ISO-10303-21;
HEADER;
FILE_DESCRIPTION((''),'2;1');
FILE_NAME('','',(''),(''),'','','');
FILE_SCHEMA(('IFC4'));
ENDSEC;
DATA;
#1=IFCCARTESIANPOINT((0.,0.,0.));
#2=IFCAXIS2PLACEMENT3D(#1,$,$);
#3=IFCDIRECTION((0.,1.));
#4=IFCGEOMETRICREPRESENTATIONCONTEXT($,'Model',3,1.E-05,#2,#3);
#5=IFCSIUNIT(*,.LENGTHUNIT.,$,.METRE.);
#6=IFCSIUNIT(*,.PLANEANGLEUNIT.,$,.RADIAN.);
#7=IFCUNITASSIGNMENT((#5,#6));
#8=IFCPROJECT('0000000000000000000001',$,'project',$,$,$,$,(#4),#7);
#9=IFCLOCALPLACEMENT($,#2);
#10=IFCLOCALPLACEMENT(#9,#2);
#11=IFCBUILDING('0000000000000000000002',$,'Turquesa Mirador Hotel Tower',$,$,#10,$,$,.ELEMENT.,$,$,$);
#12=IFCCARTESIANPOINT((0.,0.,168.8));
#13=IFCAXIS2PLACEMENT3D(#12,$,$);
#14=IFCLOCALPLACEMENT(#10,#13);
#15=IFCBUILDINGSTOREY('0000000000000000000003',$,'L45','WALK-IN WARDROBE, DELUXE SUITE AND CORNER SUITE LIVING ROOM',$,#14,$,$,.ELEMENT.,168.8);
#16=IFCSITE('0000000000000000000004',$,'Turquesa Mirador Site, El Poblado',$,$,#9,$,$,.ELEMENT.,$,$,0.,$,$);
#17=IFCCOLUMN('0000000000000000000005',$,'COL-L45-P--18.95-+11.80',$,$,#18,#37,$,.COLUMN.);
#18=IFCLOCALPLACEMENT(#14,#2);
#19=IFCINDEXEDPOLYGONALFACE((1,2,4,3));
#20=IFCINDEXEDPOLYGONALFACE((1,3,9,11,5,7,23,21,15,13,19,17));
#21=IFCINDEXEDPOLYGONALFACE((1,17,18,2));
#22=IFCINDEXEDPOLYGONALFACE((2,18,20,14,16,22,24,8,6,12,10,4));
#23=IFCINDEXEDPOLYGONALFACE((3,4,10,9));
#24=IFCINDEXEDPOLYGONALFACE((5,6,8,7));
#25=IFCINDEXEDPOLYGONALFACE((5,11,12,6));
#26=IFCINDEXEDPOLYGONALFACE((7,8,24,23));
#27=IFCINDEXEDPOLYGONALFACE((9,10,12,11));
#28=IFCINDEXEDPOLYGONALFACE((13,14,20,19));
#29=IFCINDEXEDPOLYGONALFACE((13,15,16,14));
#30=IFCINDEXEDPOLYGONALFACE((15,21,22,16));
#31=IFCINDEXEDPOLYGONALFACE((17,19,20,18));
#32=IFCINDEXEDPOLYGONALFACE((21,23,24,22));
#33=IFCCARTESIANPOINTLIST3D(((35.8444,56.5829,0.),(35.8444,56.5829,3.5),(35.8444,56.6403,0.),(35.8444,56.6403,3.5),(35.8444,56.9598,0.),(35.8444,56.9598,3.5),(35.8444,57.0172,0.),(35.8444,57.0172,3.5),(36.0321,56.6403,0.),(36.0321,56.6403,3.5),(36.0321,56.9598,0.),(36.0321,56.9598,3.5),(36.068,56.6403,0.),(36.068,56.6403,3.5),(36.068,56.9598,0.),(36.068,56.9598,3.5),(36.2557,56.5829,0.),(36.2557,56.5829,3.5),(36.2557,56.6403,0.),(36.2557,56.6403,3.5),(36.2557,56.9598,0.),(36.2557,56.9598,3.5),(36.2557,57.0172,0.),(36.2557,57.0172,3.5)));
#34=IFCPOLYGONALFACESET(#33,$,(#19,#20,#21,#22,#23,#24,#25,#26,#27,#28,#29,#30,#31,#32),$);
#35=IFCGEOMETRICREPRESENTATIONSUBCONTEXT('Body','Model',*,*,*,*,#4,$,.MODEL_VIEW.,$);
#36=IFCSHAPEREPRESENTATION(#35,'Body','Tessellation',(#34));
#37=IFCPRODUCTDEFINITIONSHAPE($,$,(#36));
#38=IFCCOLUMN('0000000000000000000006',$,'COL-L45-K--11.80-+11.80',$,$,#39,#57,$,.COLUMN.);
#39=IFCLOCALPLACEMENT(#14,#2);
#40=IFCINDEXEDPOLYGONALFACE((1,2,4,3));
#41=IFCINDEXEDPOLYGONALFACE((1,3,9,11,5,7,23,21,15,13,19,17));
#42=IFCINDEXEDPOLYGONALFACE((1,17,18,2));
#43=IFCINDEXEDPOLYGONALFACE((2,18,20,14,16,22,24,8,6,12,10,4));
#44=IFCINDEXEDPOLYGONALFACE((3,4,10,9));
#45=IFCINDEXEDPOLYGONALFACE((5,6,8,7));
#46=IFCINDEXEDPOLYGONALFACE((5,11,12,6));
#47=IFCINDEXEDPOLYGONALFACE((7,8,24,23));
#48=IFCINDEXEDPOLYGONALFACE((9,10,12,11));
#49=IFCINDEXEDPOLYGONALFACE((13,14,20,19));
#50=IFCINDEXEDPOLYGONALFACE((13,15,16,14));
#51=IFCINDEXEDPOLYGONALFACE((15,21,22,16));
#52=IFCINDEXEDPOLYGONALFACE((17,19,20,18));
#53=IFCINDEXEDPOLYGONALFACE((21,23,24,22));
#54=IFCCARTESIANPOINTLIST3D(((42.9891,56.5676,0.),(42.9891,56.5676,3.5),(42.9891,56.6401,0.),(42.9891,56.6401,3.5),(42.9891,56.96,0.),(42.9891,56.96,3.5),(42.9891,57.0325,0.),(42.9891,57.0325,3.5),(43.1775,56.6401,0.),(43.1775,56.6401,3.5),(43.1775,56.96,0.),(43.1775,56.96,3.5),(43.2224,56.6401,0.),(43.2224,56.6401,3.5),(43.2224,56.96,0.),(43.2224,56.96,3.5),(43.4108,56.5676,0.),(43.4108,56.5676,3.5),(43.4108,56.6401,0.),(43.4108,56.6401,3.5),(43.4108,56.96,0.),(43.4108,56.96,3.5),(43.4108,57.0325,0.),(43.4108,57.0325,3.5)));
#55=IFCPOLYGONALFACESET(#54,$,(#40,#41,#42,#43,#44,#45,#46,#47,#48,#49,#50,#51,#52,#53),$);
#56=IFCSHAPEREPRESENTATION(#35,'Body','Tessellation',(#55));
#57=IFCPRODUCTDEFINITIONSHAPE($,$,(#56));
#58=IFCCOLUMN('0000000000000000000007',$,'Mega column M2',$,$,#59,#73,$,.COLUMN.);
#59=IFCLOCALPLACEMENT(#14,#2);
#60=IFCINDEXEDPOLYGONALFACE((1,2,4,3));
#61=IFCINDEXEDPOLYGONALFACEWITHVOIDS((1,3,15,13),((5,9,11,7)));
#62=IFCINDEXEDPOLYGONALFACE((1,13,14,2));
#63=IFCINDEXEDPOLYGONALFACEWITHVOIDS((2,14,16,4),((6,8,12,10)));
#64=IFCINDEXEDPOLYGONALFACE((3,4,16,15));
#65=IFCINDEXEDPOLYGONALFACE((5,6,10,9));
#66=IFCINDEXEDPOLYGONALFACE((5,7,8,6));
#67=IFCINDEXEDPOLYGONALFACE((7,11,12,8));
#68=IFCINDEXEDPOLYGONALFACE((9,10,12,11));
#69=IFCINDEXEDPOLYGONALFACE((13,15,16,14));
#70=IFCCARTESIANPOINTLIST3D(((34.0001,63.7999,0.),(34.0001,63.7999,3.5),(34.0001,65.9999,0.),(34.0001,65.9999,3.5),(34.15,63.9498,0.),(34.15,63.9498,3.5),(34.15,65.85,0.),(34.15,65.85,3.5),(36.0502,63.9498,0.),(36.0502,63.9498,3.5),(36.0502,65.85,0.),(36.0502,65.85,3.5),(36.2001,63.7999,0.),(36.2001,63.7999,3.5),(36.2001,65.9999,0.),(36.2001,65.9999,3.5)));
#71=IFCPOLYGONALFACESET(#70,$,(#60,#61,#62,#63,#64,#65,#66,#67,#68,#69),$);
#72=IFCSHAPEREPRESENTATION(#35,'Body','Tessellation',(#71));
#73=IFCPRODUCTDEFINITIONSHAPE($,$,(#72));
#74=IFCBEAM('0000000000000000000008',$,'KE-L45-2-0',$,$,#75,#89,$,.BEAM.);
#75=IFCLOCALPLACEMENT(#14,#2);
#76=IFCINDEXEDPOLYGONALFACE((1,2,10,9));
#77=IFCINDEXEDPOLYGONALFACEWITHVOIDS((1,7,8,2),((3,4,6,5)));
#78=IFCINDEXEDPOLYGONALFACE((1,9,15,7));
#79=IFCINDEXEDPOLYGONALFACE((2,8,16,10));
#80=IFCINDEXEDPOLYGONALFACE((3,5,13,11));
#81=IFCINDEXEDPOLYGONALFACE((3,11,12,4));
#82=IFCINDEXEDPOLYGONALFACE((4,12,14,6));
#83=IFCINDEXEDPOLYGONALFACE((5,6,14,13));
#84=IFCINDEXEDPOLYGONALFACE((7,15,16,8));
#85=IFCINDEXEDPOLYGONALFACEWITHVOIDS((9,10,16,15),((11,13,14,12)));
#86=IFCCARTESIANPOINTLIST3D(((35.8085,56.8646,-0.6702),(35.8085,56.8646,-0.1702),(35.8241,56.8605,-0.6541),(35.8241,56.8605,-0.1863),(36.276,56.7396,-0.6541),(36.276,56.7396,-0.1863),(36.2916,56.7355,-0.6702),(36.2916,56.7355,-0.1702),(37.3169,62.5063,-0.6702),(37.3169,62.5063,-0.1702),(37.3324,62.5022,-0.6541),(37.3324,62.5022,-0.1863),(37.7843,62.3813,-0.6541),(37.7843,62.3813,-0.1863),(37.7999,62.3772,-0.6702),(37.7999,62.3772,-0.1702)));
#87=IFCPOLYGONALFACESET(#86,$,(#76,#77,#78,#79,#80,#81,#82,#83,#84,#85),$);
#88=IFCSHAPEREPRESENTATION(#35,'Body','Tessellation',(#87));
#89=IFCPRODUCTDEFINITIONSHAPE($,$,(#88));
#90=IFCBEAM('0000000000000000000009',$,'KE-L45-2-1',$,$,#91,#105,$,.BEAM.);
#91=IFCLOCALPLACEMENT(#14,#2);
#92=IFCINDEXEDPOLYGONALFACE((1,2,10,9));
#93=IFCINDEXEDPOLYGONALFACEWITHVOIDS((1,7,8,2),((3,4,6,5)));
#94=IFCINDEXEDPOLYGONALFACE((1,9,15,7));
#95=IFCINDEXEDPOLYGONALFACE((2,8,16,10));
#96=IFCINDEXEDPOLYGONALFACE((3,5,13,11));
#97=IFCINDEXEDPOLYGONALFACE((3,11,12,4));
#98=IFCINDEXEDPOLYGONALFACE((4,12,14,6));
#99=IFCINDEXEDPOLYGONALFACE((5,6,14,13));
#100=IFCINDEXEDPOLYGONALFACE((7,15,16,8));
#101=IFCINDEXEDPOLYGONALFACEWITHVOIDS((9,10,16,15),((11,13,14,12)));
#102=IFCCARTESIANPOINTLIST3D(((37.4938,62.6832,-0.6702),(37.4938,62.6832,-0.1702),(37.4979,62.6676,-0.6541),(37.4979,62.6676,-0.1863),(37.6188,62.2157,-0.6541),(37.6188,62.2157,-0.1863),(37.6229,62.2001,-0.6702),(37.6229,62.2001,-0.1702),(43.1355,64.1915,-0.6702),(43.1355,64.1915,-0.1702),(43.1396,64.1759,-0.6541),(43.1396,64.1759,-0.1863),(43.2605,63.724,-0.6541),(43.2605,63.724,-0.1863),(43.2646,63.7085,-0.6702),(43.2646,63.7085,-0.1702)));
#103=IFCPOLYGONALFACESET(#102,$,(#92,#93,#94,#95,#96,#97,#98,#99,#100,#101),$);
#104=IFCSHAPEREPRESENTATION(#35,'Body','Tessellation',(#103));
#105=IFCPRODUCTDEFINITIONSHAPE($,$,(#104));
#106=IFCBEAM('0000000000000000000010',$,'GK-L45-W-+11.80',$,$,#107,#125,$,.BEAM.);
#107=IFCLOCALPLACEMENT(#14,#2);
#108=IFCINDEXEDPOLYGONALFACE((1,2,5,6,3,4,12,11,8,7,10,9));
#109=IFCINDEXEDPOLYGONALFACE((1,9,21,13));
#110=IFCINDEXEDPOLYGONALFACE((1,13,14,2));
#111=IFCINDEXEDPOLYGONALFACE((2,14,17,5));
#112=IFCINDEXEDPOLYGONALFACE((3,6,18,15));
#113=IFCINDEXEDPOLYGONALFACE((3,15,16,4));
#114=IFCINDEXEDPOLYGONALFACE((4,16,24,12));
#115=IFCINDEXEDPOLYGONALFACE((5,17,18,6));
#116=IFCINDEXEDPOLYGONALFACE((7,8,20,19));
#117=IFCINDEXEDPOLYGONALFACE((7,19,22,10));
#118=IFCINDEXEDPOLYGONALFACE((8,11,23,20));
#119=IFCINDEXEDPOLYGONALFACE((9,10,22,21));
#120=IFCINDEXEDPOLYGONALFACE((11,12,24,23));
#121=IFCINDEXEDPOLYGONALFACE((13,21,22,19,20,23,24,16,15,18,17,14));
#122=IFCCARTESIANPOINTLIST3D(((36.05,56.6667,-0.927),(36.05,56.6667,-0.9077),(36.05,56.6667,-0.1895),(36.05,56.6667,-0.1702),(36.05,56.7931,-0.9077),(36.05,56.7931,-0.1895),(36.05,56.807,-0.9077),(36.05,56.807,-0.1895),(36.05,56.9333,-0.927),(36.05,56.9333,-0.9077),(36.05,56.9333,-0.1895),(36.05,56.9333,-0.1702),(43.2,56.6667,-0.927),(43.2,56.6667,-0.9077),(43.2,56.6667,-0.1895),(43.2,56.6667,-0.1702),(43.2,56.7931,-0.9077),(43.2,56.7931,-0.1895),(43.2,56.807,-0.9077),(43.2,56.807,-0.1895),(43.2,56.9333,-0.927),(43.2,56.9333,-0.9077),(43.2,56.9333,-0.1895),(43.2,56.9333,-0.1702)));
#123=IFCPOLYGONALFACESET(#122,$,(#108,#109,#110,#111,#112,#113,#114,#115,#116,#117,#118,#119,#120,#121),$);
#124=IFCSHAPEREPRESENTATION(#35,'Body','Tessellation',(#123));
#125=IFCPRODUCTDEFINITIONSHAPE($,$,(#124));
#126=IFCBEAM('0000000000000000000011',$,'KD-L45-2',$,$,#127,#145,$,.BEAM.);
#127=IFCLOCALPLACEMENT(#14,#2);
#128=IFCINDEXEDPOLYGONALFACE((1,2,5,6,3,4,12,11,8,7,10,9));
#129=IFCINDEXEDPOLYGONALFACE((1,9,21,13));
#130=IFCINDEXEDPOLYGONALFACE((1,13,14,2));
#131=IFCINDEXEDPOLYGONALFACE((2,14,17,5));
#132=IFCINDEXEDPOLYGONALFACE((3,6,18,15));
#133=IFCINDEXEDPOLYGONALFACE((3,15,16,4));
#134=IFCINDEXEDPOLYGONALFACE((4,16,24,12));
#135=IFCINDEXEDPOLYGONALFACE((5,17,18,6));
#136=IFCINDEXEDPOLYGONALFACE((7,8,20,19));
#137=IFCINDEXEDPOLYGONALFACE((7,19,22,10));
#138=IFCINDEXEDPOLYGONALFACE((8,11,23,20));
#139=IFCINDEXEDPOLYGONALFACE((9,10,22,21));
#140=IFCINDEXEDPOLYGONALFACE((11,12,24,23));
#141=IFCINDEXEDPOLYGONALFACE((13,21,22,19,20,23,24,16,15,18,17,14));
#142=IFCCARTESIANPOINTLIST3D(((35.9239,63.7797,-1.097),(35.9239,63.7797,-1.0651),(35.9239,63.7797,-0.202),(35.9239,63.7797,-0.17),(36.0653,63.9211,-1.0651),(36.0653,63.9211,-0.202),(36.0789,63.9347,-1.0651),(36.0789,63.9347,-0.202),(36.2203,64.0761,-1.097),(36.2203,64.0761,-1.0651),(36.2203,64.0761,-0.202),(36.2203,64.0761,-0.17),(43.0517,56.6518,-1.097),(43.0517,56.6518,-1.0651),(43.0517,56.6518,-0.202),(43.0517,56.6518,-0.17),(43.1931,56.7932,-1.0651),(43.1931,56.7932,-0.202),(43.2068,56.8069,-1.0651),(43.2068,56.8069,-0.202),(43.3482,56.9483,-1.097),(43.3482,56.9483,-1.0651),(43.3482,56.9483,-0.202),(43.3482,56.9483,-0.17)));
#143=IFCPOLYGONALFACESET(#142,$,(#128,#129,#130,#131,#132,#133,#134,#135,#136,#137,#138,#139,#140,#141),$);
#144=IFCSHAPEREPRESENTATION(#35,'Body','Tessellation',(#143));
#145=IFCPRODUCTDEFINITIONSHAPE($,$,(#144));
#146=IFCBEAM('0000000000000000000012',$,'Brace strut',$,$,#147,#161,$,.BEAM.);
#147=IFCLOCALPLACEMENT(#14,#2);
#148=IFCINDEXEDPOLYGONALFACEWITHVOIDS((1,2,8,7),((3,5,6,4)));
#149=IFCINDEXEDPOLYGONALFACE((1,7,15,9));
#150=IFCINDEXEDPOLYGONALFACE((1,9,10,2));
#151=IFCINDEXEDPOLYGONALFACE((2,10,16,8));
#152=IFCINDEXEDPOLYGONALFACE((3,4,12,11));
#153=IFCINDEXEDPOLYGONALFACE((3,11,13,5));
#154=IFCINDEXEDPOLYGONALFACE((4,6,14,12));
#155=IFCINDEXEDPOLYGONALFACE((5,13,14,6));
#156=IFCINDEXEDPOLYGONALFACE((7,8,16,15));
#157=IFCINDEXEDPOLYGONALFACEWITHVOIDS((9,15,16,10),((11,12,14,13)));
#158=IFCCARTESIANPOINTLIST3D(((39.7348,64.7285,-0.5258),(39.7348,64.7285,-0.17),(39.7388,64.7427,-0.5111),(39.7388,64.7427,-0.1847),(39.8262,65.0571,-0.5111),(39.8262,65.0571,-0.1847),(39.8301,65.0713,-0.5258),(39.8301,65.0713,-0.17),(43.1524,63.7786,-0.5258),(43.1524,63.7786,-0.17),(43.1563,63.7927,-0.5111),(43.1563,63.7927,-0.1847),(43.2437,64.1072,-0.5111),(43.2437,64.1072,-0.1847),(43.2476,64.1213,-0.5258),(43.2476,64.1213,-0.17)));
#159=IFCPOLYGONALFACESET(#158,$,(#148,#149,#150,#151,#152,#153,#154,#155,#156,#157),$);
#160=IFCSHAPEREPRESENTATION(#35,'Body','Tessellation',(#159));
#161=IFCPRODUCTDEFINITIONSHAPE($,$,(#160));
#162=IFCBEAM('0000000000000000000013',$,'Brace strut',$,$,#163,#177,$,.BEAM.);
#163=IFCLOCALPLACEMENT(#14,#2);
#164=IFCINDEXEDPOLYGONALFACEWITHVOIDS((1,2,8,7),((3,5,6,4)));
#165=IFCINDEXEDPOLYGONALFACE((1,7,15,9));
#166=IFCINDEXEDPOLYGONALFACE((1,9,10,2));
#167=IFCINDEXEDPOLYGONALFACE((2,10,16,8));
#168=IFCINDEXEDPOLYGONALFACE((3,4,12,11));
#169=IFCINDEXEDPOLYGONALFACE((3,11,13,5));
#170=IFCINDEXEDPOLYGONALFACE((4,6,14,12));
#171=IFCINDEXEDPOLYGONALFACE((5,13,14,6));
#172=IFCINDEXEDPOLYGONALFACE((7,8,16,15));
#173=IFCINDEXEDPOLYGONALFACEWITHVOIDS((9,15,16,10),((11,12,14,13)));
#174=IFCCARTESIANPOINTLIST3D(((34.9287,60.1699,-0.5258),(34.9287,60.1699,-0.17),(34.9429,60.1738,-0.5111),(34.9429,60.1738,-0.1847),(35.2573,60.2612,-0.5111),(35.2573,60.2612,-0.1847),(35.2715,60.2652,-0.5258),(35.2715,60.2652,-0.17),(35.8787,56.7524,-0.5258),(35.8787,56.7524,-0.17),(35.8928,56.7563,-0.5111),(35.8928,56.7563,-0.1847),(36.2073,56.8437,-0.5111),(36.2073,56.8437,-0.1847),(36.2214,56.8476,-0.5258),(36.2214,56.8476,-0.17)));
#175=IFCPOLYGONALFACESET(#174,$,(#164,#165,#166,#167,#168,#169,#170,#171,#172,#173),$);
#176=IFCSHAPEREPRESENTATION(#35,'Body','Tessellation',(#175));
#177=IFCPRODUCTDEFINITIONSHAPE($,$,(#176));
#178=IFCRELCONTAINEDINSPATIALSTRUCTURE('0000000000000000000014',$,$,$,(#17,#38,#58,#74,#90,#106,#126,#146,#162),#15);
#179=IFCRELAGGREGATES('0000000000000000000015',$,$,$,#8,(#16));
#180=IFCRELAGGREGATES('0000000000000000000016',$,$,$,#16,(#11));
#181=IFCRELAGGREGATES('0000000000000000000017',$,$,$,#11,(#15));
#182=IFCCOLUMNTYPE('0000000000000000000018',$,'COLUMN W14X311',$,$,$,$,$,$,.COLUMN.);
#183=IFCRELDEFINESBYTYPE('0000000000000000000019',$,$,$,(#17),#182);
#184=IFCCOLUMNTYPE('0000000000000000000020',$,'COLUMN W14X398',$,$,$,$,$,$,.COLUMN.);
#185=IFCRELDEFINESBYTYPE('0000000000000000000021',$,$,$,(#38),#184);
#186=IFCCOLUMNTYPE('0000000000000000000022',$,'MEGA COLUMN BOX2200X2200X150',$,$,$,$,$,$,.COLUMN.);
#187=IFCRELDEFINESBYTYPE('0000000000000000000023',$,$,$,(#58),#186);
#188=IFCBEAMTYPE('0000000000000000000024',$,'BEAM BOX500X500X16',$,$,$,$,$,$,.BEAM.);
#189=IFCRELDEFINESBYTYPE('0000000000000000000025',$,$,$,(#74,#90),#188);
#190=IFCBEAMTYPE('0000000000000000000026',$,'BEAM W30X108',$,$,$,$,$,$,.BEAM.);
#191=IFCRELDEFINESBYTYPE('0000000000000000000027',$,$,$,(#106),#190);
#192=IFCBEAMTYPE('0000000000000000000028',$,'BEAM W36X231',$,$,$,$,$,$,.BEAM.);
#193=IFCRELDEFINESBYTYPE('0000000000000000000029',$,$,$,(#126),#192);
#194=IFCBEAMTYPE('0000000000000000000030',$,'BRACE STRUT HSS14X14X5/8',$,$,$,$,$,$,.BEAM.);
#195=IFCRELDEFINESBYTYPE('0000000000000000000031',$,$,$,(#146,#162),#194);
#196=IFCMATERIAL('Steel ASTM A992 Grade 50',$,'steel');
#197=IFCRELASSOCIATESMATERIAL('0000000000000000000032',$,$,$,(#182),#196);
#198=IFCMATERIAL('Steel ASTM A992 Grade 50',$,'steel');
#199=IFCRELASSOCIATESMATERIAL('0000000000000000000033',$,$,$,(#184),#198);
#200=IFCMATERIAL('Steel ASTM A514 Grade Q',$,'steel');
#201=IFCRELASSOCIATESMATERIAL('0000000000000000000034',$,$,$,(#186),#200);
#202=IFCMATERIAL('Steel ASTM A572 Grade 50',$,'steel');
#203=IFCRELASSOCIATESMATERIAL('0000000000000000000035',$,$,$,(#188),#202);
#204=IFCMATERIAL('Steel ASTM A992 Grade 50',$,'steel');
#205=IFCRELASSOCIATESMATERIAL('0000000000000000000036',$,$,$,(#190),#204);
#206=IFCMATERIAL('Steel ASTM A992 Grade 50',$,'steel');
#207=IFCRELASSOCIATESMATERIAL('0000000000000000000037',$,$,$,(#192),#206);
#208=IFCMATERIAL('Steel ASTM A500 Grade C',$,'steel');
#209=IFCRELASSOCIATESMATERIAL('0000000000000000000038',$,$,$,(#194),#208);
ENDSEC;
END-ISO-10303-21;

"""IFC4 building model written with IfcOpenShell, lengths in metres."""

from ifc_helpers import new_model, si_unit, direction, frame, origin, origin_2d, place, context, subcontext, project, spatial, hollow_rectangle, i_section, extrude, material, material_profile, profile_set, type_object, element, save


model = new_model("IFC4")

# Units and contexts
model_context = context("Model", 3, precision=1e-05, world=origin(), true_north=direction((0.0, 1.0)))
body_context = subcontext(model_context, "Body", "Model", "MODEL_VIEW")
ifc_project = project(units=[si_unit("LENGTHUNIT", "METRE"), si_unit("PLANEANGLEUNIT", "RADIAN")], contexts=[model_context])

# Site, building, storey
site_placement = place(None, origin())
site = spatial("IfcSite", under=ifc_project, at=site_placement, Name="Turquesa Mirador Site, El Poblado", CompositionType="ELEMENT", RefElevation=0.0)
building_placement = place(site_placement, origin())
building = spatial("IfcBuilding", under=site, at=building_placement, Name="Turquesa Mirador Hotel Tower", CompositionType="ELEMENT")
storey_placement = place(building_placement, frame((0.0, 0.0, 168.8)))
storey = spatial("IfcBuildingStorey", under=building, at=storey_placement, Name="L45", Description="WALK-IN WARDROBE, DELUXE SUITE AND CORNER SUITE LIVING ROOM", CompositionType="ELEMENT", Elevation=168.8)

# Columns
ifc_material_1 = material(Name="Steel ASTM A992 Grade 50", Category="steel")
ifc_material_profile_1 = material_profile(ifc_material_1, i_section(OverallWidth=0.4114, OverallDepth=0.4343, WebThickness=0.0359, FlangeThickness=0.0574, at=origin_2d()), Name="W14X311")
ifc_profile_set_1 = profile_set([ifc_material_profile_1], Name="Steel ASTM A992 Grade 50")
column_type_1 = type_object("IfcColumnType", Name="COLUMN W14X311", PredefinedType="COLUMN", material=ifc_profile_set_1)
column_1_placement = place(storey_placement, frame((36.05, 56.8, 0.0), z_axis=(0.0, 0.0, 1.0), x_axis=(1.0, 0.0, 0.0)))
element("IfcColumn", 1, at=column_1_placement, inside=storey, type_object=column_type_1, Name="COL-L45-P--18.95-+11.80", PredefinedType="COLUMN", context=body_context, shape_type="SweptSolid", body=[
    extrude(i_section(OverallWidth=0.4114, OverallDepth=0.4343, WebThickness=0.0359, FlangeThickness=0.0574, at=origin_2d()), origin(), (0.0, 0.0, 1.0), 3.5),
])
ifc_material_2 = material(Name="Steel ASTM A992 Grade 50", Category="steel")
ifc_material_profile_2 = material_profile(ifc_material_2, i_section(OverallWidth=0.4216, OverallDepth=0.4648, WebThickness=0.0449, FlangeThickness=0.0725, at=origin_2d()), Name="W14X398")
ifc_profile_set_2 = profile_set([ifc_material_profile_2], Name="Steel ASTM A992 Grade 50")
column_type_2 = type_object("IfcColumnType", Name="COLUMN W14X398", PredefinedType="COLUMN", material=ifc_profile_set_2)
column_2_placement = place(storey_placement, frame((43.2, 56.8, 0.0), z_axis=(0.0, 0.0, 1.0), x_axis=(1.0, 0.0, 0.0)))
element("IfcColumn", 2, at=column_2_placement, inside=storey, type_object=column_type_2, Name="COL-L45-K--11.80-+11.80", PredefinedType="COLUMN", context=body_context, shape_type="SweptSolid", body=[
    extrude(i_section(OverallWidth=0.4216, OverallDepth=0.4648, WebThickness=0.0449, FlangeThickness=0.0725, at=origin_2d()), origin(), (0.0, 0.0, 1.0), 3.5),
])
ifc_material_3 = material(Name="Steel ASTM A514 Grade Q", Category="steel")
ifc_material_profile_3 = material_profile(ifc_material_3, hollow_rectangle(XDim=2.2, YDim=2.2, WallThickness=0.1499, at=origin_2d()), Name="BOX2200X2200X150")
ifc_profile_set_3 = profile_set([ifc_material_profile_3], Name="Steel ASTM A514 Grade Q")
column_type_3 = type_object("IfcColumnType", Name="MEGA COLUMN BOX2200X2200X150", PredefinedType="COLUMN", material=ifc_profile_set_3)
column_3_placement = place(storey_placement, frame((35.1001, 64.8999, 0.0), z_axis=(0.0, 0.0, 1.0), x_axis=(1.0, 0.0, 0.0)))
element("IfcColumn", 3, at=column_3_placement, inside=storey, type_object=column_type_3, Name="Mega column M2", PredefinedType="COLUMN", context=body_context, shape_type="SweptSolid", body=[
    extrude(hollow_rectangle(XDim=2.2, YDim=2.2, WallThickness=0.1499, at=origin_2d()), origin(), (0.0, 0.0, 1.0), 3.5),
])

# Beams
ifc_material_4 = material(Name="Steel ASTM A572 Grade 50", Category="steel")
ifc_material_profile_4 = material_profile(ifc_material_4, hollow_rectangle(XDim=0.5, YDim=0.5, WallThickness=0.0161, at=origin_2d()), Name="BOX500X500X16")
ifc_profile_set_4 = profile_set([ifc_material_profile_4], Name="Steel ASTM A572 Grade 50")
beam_type_1 = type_object("IfcBeamType", Name="BEAM BOX500X500X16", PredefinedType="BEAM", material=ifc_profile_set_4)
for number, where, z_axis, x_axis, name in (
    (4, (36.05, 56.8, -0.4202), (0.258282, 0.96607, 0.0), (-0.96607, 0.258282, 0.0), "KE-L45-2-0"),
    (5, (37.5583, 62.4417, -0.4202), (0.96607, 0.258282, 0.0), (-0.258282, 0.96607, 0.0), "KE-L45-2-1"),
):
    element("IfcBeam", number, at=place(storey_placement, frame(where, z_axis=z_axis, x_axis=x_axis)), inside=storey, type_object=beam_type_1, Name=name, PredefinedType="BEAM", context=body_context, shape_type="SweptSolid", body=[
        extrude(hollow_rectangle(XDim=0.5, YDim=0.5, WallThickness=0.0161, at=origin_2d()), origin(), (0.0, 0.0, 1.0), 5.8398),
    ])
ifc_material_5 = material(Name="Steel ASTM A992 Grade 50", Category="steel")
ifc_material_profile_5 = material_profile(ifc_material_5, i_section(OverallWidth=0.2666, OverallDepth=0.7568, WebThickness=0.0139, FlangeThickness=0.0193, at=origin_2d()), Name="W30X108")
ifc_profile_set_5 = profile_set([ifc_material_profile_5], Name="Steel ASTM A992 Grade 50")
beam_type_2 = type_object("IfcBeamType", Name="BEAM W30X108", PredefinedType="BEAM", material=ifc_profile_set_5)
beam_1_placement = place(storey_placement, frame((36.05, 56.8, -0.5486), z_axis=(1.0, 0.0, 0.0), x_axis=(0.0, 1.0, 0.0)))
element("IfcBeam", 6, at=beam_1_placement, inside=storey, type_object=beam_type_2, Name="GK-L45-W-+11.80", PredefinedType="BEAM", context=body_context, shape_type="SweptSolid", body=[
    extrude(i_section(OverallWidth=0.2666, OverallDepth=0.7568, WebThickness=0.0139, FlangeThickness=0.0193, at=origin_2d()), origin(), (0.0, 0.0, 1.0), 7.1499),
])
ifc_material_6 = material(Name="Steel ASTM A992 Grade 50", Category="steel")
ifc_material_profile_6 = material_profile(ifc_material_6, i_section(OverallWidth=0.4192, OverallDepth=0.927, WebThickness=0.0193, FlangeThickness=0.032, at=origin_2d()), Name="W36X231")
ifc_profile_set_6 = profile_set([ifc_material_profile_6], Name="Steel ASTM A992 Grade 50")
beam_type_3 = type_object("IfcBeamType", Name="BEAM W36X231", PredefinedType="BEAM", material=ifc_profile_set_6)
beam_2_placement = place(storey_placement, frame((43.2, 56.8, -0.6335), z_axis=(-0.707107, 0.707107, 0.0), x_axis=(-0.707107, -0.707107, 0.0)))
element("IfcBeam", 7, at=beam_2_placement, inside=storey, type_object=beam_type_3, Name="KD-L45-2", PredefinedType="BEAM", context=body_context, shape_type="SweptSolid", body=[
    extrude(i_section(OverallWidth=0.4192, OverallDepth=0.927, WebThickness=0.0193, FlangeThickness=0.032, at=origin_2d()), origin(), (0.0, 0.0, 1.0), 10.0803),
])
ifc_material_7 = material(Name="Steel ASTM A500 Grade C", Category="steel")
ifc_material_profile_7 = material_profile(ifc_material_7, hollow_rectangle(XDim=0.3557, YDim=0.3557, WallThickness=0.0146, at=origin_2d()), Name="HSS14X14X5/8")
ifc_profile_set_7 = profile_set([ifc_material_profile_7], Name="Steel ASTM A500 Grade C")
beam_type_4 = type_object("IfcBeamType", Name="BRACE STRUT HSS14X14X5/8", PredefinedType="BEAM", material=ifc_profile_set_7)
for number, where, z_axis, x_axis, name in (
    (8, (39.7825, 64.8999, -0.3479), (0.963471, -0.267814, 0.0), (0.267814, 0.963471, 0.0), "Brace strut"),
    (9, (35.1001, 60.2175, -0.3479), (0.267814, -0.963471, 0.0), (0.963471, 0.267814, 0.0), "Brace strut"),
):
    element("IfcBeam", number, at=place(storey_placement, frame(where, z_axis=z_axis, x_axis=x_axis)), inside=storey, type_object=beam_type_4, Name=name, PredefinedType="BEAM", context=body_context, shape_type="SweptSolid", body=[
        extrude(hollow_rectangle(XDim=0.3557, YDim=0.3557, WallThickness=0.0146, at=origin_2d()), origin(), (0.0, 0.0, 1.0), 3.5471),
    ])

save(model, "model.ifc")
